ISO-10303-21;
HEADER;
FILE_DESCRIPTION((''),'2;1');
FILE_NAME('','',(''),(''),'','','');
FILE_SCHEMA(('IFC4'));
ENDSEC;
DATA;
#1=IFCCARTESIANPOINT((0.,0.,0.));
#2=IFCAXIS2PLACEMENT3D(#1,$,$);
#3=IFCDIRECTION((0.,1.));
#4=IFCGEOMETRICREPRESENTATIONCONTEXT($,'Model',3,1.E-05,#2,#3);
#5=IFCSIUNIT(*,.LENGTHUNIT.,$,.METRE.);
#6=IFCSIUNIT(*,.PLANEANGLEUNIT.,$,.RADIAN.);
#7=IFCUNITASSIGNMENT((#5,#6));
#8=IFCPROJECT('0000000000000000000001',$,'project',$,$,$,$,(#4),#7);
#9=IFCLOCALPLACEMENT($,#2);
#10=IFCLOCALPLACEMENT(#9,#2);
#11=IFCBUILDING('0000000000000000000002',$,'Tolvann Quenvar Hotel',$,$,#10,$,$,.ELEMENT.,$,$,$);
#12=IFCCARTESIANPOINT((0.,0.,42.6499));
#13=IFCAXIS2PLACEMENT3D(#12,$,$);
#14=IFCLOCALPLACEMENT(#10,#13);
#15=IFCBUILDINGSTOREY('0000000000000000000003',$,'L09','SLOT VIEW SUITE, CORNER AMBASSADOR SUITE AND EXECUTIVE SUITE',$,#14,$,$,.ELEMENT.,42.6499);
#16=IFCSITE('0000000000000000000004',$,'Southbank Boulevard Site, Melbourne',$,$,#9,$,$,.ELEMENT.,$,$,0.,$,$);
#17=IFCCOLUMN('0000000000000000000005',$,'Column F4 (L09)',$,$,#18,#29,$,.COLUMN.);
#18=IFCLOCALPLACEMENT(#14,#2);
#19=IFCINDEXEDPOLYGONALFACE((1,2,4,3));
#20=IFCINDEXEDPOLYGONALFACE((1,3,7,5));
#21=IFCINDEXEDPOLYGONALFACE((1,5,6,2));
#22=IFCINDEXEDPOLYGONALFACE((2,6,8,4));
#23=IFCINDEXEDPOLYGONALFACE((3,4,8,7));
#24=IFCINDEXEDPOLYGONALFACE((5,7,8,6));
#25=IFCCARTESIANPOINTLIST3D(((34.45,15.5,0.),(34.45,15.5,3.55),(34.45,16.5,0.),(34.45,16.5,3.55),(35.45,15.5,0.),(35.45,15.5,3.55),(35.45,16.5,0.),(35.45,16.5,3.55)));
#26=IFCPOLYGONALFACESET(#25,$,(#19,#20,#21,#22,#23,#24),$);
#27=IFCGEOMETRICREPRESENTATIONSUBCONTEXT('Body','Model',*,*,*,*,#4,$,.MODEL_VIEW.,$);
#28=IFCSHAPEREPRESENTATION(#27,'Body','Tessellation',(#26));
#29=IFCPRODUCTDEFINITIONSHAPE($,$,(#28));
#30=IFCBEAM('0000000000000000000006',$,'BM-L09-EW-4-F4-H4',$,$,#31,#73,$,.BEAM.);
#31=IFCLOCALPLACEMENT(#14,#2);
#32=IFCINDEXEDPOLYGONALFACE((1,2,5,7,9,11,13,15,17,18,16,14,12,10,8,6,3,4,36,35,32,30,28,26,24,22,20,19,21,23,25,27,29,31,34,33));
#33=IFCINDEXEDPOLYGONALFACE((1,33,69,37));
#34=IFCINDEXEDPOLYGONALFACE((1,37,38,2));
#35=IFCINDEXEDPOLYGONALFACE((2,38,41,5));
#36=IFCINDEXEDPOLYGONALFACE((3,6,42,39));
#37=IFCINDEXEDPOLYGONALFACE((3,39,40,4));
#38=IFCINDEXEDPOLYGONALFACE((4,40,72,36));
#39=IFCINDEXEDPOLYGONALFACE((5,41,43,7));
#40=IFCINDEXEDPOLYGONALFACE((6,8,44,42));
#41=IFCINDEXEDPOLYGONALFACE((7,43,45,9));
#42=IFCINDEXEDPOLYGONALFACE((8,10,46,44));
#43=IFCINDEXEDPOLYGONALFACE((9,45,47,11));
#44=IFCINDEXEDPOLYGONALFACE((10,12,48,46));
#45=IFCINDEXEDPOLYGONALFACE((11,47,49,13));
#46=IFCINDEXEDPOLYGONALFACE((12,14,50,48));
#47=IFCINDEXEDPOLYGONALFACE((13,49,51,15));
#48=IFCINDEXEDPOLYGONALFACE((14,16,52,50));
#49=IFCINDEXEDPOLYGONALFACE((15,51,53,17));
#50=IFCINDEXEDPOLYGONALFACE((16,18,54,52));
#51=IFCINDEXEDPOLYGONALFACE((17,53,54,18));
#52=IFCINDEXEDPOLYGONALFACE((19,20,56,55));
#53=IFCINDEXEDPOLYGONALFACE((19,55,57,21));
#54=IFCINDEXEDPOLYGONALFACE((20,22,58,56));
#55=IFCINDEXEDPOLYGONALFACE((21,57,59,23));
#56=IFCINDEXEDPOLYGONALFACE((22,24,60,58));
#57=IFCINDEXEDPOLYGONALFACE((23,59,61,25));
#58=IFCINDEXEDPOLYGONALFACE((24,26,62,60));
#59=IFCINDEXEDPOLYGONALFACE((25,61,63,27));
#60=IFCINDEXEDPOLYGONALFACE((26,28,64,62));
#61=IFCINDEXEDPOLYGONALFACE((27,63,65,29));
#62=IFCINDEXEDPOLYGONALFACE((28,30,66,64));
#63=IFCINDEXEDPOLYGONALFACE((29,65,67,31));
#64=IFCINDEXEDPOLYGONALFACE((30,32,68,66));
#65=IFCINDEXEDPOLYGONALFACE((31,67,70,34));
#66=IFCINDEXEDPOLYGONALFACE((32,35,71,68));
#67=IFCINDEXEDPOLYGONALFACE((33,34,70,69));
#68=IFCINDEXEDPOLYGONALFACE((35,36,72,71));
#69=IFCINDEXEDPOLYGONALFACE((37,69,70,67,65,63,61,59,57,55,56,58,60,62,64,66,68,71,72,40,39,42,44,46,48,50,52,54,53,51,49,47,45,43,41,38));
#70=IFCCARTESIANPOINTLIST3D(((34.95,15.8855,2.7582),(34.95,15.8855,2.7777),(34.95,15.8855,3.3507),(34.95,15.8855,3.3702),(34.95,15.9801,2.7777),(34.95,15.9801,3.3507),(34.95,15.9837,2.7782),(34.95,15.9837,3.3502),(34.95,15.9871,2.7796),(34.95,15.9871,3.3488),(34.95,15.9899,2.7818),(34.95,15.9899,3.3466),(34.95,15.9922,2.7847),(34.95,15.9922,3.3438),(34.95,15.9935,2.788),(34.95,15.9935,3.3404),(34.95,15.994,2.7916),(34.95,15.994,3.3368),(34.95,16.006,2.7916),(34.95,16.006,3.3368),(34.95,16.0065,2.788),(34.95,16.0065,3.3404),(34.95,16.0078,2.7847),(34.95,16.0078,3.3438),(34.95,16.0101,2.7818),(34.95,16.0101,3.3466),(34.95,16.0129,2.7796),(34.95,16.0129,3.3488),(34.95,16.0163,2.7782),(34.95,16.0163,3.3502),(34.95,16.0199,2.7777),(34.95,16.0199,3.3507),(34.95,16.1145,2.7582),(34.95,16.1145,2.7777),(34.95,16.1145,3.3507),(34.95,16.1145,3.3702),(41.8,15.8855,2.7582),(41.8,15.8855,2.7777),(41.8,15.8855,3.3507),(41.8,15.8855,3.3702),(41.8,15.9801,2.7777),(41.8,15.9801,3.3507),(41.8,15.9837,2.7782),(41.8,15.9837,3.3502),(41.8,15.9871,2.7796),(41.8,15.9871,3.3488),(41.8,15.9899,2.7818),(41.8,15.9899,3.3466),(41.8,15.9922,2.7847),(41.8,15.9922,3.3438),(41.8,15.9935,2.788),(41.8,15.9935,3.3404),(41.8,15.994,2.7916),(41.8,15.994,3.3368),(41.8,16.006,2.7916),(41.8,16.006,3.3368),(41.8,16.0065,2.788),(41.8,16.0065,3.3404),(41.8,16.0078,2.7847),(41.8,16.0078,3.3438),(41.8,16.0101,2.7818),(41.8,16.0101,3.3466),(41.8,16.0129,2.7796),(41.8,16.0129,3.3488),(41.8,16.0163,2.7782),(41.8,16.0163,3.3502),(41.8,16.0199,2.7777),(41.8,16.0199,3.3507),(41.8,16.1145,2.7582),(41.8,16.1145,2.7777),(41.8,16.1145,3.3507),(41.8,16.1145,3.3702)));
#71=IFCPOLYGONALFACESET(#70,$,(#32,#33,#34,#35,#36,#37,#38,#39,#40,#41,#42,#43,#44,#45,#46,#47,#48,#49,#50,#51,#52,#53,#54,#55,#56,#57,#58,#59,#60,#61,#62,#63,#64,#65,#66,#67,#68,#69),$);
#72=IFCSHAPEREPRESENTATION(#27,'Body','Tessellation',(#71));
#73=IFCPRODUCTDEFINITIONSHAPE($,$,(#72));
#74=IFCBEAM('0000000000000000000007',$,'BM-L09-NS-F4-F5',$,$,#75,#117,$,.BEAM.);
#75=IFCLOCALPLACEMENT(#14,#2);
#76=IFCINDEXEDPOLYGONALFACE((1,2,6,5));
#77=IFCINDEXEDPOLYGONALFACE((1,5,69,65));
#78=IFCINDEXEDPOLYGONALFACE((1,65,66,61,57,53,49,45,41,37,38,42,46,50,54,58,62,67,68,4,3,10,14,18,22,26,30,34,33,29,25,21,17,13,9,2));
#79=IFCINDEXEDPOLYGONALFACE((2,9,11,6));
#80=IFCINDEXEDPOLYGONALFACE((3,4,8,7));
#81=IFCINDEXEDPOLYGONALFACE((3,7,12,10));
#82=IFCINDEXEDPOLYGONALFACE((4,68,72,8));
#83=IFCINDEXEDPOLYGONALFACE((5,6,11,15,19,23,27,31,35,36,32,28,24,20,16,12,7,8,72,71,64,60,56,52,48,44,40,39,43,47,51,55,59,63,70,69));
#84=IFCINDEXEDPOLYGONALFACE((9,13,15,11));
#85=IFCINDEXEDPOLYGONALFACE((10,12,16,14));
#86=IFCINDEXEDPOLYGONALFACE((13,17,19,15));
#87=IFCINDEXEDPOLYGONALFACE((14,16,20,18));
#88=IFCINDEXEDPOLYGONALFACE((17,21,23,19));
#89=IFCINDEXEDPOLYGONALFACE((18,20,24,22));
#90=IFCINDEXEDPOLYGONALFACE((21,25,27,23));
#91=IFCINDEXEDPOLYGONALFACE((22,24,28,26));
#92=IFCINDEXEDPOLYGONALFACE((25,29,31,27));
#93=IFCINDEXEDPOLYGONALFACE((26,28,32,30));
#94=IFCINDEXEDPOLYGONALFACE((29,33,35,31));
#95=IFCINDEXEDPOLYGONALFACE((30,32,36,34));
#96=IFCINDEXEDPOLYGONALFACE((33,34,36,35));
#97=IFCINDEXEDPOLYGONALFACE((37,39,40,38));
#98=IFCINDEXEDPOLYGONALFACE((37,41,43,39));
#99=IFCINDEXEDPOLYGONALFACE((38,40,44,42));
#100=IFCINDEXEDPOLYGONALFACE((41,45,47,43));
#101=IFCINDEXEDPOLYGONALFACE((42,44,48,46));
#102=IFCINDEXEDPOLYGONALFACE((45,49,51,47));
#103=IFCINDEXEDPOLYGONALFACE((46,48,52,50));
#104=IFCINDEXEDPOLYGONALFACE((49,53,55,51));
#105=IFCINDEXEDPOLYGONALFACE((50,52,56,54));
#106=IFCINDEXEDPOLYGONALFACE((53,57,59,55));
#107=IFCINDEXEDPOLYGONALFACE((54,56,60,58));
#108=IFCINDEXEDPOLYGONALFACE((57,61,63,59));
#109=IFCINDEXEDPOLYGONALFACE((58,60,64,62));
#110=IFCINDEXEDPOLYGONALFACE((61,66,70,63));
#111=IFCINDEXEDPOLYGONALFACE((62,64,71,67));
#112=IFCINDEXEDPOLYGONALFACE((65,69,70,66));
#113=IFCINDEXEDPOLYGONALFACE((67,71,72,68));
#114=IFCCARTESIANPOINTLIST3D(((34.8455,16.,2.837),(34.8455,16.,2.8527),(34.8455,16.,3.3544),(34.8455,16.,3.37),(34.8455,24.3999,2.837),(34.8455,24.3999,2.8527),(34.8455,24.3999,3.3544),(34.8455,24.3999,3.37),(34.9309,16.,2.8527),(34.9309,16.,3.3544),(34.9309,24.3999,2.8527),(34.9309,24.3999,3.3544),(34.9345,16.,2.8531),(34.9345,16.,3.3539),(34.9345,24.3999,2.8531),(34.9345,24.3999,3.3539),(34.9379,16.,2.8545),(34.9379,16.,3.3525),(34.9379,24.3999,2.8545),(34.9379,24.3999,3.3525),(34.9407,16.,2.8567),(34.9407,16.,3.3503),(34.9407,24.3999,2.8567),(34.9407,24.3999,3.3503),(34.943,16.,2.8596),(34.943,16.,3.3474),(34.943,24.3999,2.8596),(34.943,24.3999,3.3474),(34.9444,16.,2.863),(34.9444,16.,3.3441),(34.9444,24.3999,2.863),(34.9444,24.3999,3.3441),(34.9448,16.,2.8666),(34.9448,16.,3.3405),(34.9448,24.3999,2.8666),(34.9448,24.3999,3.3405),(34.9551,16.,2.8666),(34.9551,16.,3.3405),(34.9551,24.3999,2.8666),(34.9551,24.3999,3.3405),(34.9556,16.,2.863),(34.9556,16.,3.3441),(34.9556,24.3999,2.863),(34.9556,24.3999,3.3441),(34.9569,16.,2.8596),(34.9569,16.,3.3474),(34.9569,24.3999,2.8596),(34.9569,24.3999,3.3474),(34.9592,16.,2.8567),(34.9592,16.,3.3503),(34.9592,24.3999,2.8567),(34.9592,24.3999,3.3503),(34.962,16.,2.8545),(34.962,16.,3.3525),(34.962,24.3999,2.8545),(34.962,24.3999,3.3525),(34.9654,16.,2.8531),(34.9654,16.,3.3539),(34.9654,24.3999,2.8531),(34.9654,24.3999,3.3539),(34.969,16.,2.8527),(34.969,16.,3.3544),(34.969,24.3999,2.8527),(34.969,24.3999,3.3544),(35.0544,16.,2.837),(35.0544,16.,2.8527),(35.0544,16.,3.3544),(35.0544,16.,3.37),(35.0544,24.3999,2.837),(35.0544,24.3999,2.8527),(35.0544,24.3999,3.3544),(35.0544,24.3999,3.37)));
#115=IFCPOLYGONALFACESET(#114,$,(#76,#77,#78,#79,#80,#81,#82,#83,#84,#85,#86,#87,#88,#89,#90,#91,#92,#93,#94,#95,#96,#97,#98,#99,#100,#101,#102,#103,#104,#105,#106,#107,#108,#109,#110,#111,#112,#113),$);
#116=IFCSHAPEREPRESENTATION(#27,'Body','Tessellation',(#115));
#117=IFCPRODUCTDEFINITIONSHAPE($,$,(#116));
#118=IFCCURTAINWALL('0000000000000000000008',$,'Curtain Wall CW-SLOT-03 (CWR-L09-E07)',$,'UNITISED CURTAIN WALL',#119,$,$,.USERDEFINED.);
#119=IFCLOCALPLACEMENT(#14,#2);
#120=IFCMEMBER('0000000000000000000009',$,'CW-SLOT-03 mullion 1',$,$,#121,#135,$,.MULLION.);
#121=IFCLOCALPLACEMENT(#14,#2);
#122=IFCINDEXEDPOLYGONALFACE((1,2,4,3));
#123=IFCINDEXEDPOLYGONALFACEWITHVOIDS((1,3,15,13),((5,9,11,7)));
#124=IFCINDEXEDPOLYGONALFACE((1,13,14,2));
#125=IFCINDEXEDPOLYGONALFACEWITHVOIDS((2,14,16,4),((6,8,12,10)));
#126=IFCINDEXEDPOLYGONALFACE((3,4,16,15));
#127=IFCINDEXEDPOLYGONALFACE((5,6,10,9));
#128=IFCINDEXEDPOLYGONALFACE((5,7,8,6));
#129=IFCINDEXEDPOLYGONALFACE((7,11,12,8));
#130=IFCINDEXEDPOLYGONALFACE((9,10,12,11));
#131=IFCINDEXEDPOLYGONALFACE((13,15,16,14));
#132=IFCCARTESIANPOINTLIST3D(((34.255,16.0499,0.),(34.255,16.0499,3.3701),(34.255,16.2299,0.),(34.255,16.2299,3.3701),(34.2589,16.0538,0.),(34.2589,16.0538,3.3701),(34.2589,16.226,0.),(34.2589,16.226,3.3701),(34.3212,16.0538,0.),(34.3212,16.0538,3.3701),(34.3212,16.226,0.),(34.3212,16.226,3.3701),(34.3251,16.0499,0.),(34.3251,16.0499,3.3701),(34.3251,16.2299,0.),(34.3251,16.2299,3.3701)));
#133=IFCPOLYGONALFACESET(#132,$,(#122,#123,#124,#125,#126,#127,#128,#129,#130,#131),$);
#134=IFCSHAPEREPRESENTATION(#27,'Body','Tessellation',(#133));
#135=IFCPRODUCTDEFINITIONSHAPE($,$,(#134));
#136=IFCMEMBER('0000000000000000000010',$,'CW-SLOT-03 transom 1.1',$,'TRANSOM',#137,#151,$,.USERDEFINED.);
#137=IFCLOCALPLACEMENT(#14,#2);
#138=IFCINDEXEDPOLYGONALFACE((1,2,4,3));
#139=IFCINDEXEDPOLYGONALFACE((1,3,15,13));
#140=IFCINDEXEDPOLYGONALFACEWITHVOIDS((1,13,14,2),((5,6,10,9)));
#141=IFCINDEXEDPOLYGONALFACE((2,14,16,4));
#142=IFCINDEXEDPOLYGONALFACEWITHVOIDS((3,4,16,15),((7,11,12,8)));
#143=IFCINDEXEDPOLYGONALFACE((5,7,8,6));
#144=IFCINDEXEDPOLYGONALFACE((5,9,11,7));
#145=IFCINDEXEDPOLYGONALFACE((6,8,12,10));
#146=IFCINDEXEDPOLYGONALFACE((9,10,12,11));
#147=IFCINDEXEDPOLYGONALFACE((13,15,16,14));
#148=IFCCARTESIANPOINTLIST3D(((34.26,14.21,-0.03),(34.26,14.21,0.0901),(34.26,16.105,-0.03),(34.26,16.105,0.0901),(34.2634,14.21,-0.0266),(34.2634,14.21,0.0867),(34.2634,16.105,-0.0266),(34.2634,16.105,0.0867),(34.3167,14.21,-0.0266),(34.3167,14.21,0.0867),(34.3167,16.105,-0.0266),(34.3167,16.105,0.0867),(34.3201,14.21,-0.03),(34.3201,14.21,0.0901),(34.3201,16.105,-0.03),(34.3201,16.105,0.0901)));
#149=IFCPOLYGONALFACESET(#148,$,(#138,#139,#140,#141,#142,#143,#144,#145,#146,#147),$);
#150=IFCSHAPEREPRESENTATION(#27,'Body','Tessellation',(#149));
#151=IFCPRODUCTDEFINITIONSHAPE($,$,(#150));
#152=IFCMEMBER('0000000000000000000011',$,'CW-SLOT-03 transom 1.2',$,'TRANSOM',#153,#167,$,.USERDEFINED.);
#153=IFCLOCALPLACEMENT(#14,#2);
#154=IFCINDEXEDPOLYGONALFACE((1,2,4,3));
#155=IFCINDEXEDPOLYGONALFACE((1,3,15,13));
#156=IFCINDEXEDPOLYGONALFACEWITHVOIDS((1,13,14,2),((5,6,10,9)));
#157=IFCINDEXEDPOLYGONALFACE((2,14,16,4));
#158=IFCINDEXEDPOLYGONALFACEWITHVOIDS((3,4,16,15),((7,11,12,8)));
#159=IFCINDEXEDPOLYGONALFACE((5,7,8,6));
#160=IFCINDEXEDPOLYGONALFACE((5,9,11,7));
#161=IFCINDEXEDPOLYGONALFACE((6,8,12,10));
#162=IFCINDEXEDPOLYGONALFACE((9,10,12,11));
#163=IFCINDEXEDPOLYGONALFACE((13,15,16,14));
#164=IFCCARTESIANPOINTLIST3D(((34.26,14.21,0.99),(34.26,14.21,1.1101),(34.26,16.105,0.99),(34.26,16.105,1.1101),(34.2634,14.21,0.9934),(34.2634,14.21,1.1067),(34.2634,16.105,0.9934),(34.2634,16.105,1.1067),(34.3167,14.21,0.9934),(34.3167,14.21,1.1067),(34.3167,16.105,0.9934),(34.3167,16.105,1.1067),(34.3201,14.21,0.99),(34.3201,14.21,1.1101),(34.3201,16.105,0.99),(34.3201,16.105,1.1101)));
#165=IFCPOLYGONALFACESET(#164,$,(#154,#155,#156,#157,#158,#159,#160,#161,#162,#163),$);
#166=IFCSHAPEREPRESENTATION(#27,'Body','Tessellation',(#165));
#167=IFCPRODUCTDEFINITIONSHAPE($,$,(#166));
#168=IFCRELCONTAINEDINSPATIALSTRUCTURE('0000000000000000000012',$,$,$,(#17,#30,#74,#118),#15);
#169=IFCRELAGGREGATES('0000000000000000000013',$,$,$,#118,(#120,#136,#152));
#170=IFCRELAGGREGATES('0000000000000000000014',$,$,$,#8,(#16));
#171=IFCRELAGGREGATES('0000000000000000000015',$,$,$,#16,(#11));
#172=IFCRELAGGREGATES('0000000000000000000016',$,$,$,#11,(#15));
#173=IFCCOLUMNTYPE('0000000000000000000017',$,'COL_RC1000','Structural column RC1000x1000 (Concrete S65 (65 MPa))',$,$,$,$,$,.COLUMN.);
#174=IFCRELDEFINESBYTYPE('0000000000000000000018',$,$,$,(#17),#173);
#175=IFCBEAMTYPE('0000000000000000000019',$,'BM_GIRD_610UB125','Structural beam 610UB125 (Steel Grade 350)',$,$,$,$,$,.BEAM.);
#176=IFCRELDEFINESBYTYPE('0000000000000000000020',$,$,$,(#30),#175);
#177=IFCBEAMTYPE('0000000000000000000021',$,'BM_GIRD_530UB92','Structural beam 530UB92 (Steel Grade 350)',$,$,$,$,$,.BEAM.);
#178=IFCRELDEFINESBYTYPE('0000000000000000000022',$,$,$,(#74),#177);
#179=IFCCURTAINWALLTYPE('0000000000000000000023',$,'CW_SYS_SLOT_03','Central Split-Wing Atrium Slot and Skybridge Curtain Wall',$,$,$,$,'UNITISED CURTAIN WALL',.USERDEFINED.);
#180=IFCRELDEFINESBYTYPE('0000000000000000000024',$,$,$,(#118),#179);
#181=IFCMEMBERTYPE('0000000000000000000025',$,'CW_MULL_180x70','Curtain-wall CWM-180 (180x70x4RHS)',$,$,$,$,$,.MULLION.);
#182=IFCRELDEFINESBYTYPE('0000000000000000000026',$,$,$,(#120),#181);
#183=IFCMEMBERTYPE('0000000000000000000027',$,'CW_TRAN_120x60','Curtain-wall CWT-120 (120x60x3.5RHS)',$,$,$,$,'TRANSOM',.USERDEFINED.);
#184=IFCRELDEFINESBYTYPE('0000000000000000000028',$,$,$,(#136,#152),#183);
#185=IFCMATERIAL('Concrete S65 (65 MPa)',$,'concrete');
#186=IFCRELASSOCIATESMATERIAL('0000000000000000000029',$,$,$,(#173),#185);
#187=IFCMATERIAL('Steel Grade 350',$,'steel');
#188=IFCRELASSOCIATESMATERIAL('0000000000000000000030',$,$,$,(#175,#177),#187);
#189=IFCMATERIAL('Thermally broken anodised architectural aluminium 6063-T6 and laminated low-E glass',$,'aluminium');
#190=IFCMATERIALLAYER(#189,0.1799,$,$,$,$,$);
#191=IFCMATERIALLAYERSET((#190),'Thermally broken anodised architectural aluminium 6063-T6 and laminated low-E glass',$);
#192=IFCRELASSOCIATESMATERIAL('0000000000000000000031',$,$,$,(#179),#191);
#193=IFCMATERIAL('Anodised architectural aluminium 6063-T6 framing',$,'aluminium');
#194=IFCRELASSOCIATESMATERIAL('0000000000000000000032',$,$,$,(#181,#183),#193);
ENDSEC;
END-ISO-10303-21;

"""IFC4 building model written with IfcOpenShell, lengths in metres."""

from ifc_helpers import new_model, si_unit, direction, frame, origin, origin_2d, place, context, subcontext, project, spatial, rectangle, hollow_rectangle, i_section, extrude, source, transform, mapped, material, layer, layer_set, material_profile, profile_set, type_object, type_shapes, element, aggregate, save


model = new_model("IFC4")

# Units and contexts
model_context = context("Model", 3, precision=1e-05, world=origin(), true_north=direction((0.0, 1.0)))
body_context = subcontext(model_context, "Body", "Model", "MODEL_VIEW")
ifc_project = project(units=[si_unit("LENGTHUNIT", "METRE"), si_unit("PLANEANGLEUNIT", "RADIAN")], contexts=[model_context])

# Site, building, storey
site_placement = place(None, origin())
site = spatial("IfcSite", under=ifc_project, at=site_placement, Name="Southbank Boulevard Site, Melbourne", CompositionType="ELEMENT", RefElevation=0.0)
building_placement = place(site_placement, origin())
building = spatial("IfcBuilding", under=site, at=building_placement, Name="Tolvann Quenvar Hotel", CompositionType="ELEMENT")
storey_placement = place(building_placement, frame((0.0, 0.0, 42.6499)))
storey = spatial("IfcBuildingStorey", under=building, at=storey_placement, Name="L09", Description="SLOT VIEW SUITE, CORNER AMBASSADOR SUITE AND EXECUTIVE SUITE", CompositionType="ELEMENT", Elevation=42.6499)

# Column
ifc_material_1 = material(Name="Concrete S65 (65 MPa)", Category="concrete")
ifc_material_profile_1 = material_profile(ifc_material_1, rectangle(XDim=1.0, YDim=1.0, at=origin_2d()), Name="RC1000x1000")
ifc_profile_set_1 = profile_set([ifc_material_profile_1], Name="Concrete S65 (65 MPa)")
column_type = type_object("IfcColumnType", Name="COL_RC1000", Description="Structural column RC1000x1000 (Concrete S65 (65 MPa))", PredefinedType="COLUMN", material=ifc_profile_set_1)
shared_shape_1 = source(origin(), body_context, "Body", "SweptSolid", [
    extrude(rectangle(XDim=1.0, YDim=1.0, at=origin_2d()), origin(), (0.0, 0.0, 1.0), 3.55),
])
type_shapes(column_type, [shared_shape_1])
column_placement = place(storey_placement, frame((34.95, 16.0, 0.0), z_axis=(0.0, 0.0, 1.0), x_axis=(1.0, 0.0, 0.0)))
element("IfcColumn", 1, at=column_placement, inside=storey, type_object=column_type, Name="Column F4 (L09)", PredefinedType="COLUMN", context=body_context, shape_type="MappedRepresentation", body=[
    mapped(shared_shape_1, transform((0.0, 0.0, 0.0), x_axis=(1.0, 0.0, 0.0), y_axis=(0.0, 1.0, 0.0), z_axis=(0.0, 0.0, 1.0), scale=1.0)),
])

# Beams
ifc_material_2 = material(Name="Steel Grade 350", Category="steel")
ifc_material_profile_2 = material_profile(ifc_material_2, i_section(OverallWidth=0.229, OverallDepth=0.6121, WebThickness=0.012, FlangeThickness=0.0195, FilletRadius=0.0139, at=origin_2d()), Name="610UB125")
ifc_profile_set_2 = profile_set([ifc_material_profile_2], Name="Steel Grade 350")
beam_type_1 = type_object("IfcBeamType", Name="BM_GIRD_610UB125", Description="Structural beam 610UB125 (Steel Grade 350)", PredefinedType="BEAM", material=ifc_profile_set_2)
shared_shape_2 = source(origin(), body_context, "Body", "SweptSolid", [
    extrude(i_section(OverallWidth=0.229, OverallDepth=0.6121, WebThickness=0.012, FlangeThickness=0.0195, FilletRadius=0.0139, at=origin_2d()), origin(), (0.0, 0.0, 1.0), 6.8501),
])
type_shapes(beam_type_1, [shared_shape_2])
beam_1_placement = place(storey_placement, frame((34.95, 16.0, 3.0642), z_axis=(1.0, 0.0, 0.0), x_axis=(0.0, 1.0, 0.0)))
element("IfcBeam", 2, at=beam_1_placement, inside=storey, type_object=beam_type_1, Name="BM-L09-EW-4-F4-H4", PredefinedType="BEAM", context=body_context, shape_type="MappedRepresentation", body=[
    mapped(shared_shape_2, transform((0.0, 0.0, 0.0), x_axis=(1.0, 0.0, 0.0), y_axis=(0.0, 1.0, 0.0), z_axis=(0.0, 0.0, 1.0), scale=1.0)),
])
ifc_material_profile_3 = material_profile(ifc_material_2, i_section(OverallWidth=0.209, OverallDepth=0.533, WebThickness=0.0103, FlangeThickness=0.0156, FilletRadius=0.0139, at=origin_2d()), Name="530UB92")
ifc_profile_set_3 = profile_set([ifc_material_profile_3], Name="Steel Grade 350")
beam_type_2 = type_object("IfcBeamType", Name="BM_GIRD_530UB92", Description="Structural beam 530UB92 (Steel Grade 350)", PredefinedType="BEAM", material=ifc_profile_set_3)
shared_shape_3 = source(origin(), body_context, "Body", "SweptSolid", [
    extrude(i_section(OverallWidth=0.209, OverallDepth=0.533, WebThickness=0.0103, FlangeThickness=0.0156, FilletRadius=0.0139, at=origin_2d()), origin(), (0.0, 0.0, 1.0), 8.3999),
])
type_shapes(beam_type_2, [shared_shape_3])
beam_2_placement = place(storey_placement, frame((34.95, 16.0, 3.1035), z_axis=(0.0, 1.0, 0.0), x_axis=(-1.0, 0.0, 0.0)))
element("IfcBeam", 3, at=beam_2_placement, inside=storey, type_object=beam_type_2, Name="BM-L09-NS-F4-F5", PredefinedType="BEAM", context=body_context, shape_type="MappedRepresentation", body=[
    mapped(shared_shape_3, transform((0.0, 0.0, 0.0), x_axis=(1.0, 0.0, 0.0), y_axis=(0.0, 1.0, 0.0), z_axis=(0.0, 0.0, 1.0), scale=1.0)),
])

# Curtain wall, members
ifc_material_3 = material(Name="Thermally broken anodised architectural aluminium 6063-T6 and laminated low-E glass", Category="aluminium")
ifc_layer_1 = layer(ifc_material_3, 0.1799)
ifc_layer_set_1 = layer_set([ifc_layer_1], Name="Thermally broken anodised architectural aluminium 6063-T6 and laminated low-E glass")
curtain_wall_type = type_object("IfcCurtainWallType", Name="CW_SYS_SLOT_03", Description="Central Split-Wing Atrium Slot and Skybridge Curtain Wall", ElementType="UNITISED CURTAIN WALL", PredefinedType="USERDEFINED", material=ifc_layer_set_1)
curtain_wall_placement = place(storey_placement, origin())
curtain_wall = element("IfcCurtainWall", 4, at=curtain_wall_placement, inside=storey, type_object=curtain_wall_type, Name="Curtain Wall CW-SLOT-03 (CWR-L09-E07)", ObjectType="UNITISED CURTAIN WALL", PredefinedType="USERDEFINED")
ifc_material_4 = material(Name="Anodised architectural aluminium 6063-T6 framing", Category="aluminium")
ifc_material_profile_4 = material_profile(ifc_material_4, hollow_rectangle(XDim=0.0701, YDim=0.1799, WallThickness=0.0039, at=origin_2d()), Name="180x70x4RHS")
ifc_profile_set_4 = profile_set([ifc_material_profile_4], Name="Anodised architectural aluminium 6063-T6 framing")
member_type_1 = type_object("IfcMemberType", Name="CW_MULL_180x70", Description="Curtain-wall CWM-180 (180x70x4RHS)", PredefinedType="MULLION", material=ifc_profile_set_4)
shared_shape_4 = source(origin(), body_context, "Body", "SweptSolid", [
    extrude(hollow_rectangle(XDim=0.0701, YDim=0.1799, WallThickness=0.0039, at=origin_2d()), origin(), (0.0, 0.0, 1.0), 3.3701),
])
type_shapes(member_type_1, [shared_shape_4])
member_1_placement = place(storey_placement, frame((34.29, 16.1399, 0.0), z_axis=(0.0, 0.0, 1.0), x_axis=(1.0, 0.0, 0.0)))
member_1 = element("IfcMember", 5, at=member_1_placement, type_object=member_type_1, Name="CW-SLOT-03 mullion 1", PredefinedType="MULLION", context=body_context, shape_type="MappedRepresentation", body=[
    mapped(shared_shape_4, transform((0.0, 0.0, 0.0), x_axis=(1.0, 0.0, 0.0), y_axis=(0.0, 1.0, 0.0), z_axis=(0.0, 0.0, 1.0), scale=1.0)),
])
ifc_material_profile_5 = material_profile(ifc_material_4, hollow_rectangle(XDim=0.0601, YDim=0.1201, WallThickness=0.0034, at=origin_2d()), Name="120x60x3.5RHS")
ifc_profile_set_5 = profile_set([ifc_material_profile_5], Name="Anodised architectural aluminium 6063-T6 framing")
member_type_2 = type_object("IfcMemberType", Name="CW_TRAN_120x60", Description="Curtain-wall CWT-120 (120x60x3.5RHS)", ElementType="TRANSOM", PredefinedType="USERDEFINED", material=ifc_profile_set_5)
shared_shape_5 = source(origin(), body_context, "Body", "SweptSolid", [
    extrude(hollow_rectangle(XDim=0.0601, YDim=0.1201, WallThickness=0.0034, at=origin_2d()), origin(), (0.0, 0.0, 1.0), 1.895),
])
type_shapes(member_type_2, [shared_shape_5])
member_2_placement = place(storey_placement, frame((34.29, 16.105, 0.03), z_axis=(0.0, -1.0, 0.0), x_axis=(1.0, 0.0, 0.0)))
member_2 = element("IfcMember", 6, at=member_2_placement, type_object=member_type_2, Name="CW-SLOT-03 transom 1.1", ObjectType="TRANSOM", PredefinedType="USERDEFINED", context=body_context, shape_type="MappedRepresentation", body=[
    mapped(shared_shape_5, transform((0.0, 0.0, 0.0), x_axis=(1.0, 0.0, 0.0), y_axis=(0.0, 1.0, 0.0), z_axis=(0.0, 0.0, 1.0), scale=1.0)),
])
member_3_placement = place(storey_placement, frame((34.29, 16.105, 1.05), z_axis=(0.0, -1.0, 0.0), x_axis=(1.0, 0.0, 0.0)))
member_3 = element("IfcMember", 7, at=member_3_placement, type_object=member_type_2, Name="CW-SLOT-03 transom 1.2", ObjectType="TRANSOM", PredefinedType="USERDEFINED", context=body_context, shape_type="MappedRepresentation", body=[
    mapped(shared_shape_5, transform((0.0, 0.0, 0.0), x_axis=(1.0, 0.0, 0.0), y_axis=(0.0, 1.0, 0.0), z_axis=(0.0, 0.0, 1.0), scale=1.0)),
])
aggregate(curtain_wall, [member_1, member_2, member_3])

save(model, "model.ifc")
